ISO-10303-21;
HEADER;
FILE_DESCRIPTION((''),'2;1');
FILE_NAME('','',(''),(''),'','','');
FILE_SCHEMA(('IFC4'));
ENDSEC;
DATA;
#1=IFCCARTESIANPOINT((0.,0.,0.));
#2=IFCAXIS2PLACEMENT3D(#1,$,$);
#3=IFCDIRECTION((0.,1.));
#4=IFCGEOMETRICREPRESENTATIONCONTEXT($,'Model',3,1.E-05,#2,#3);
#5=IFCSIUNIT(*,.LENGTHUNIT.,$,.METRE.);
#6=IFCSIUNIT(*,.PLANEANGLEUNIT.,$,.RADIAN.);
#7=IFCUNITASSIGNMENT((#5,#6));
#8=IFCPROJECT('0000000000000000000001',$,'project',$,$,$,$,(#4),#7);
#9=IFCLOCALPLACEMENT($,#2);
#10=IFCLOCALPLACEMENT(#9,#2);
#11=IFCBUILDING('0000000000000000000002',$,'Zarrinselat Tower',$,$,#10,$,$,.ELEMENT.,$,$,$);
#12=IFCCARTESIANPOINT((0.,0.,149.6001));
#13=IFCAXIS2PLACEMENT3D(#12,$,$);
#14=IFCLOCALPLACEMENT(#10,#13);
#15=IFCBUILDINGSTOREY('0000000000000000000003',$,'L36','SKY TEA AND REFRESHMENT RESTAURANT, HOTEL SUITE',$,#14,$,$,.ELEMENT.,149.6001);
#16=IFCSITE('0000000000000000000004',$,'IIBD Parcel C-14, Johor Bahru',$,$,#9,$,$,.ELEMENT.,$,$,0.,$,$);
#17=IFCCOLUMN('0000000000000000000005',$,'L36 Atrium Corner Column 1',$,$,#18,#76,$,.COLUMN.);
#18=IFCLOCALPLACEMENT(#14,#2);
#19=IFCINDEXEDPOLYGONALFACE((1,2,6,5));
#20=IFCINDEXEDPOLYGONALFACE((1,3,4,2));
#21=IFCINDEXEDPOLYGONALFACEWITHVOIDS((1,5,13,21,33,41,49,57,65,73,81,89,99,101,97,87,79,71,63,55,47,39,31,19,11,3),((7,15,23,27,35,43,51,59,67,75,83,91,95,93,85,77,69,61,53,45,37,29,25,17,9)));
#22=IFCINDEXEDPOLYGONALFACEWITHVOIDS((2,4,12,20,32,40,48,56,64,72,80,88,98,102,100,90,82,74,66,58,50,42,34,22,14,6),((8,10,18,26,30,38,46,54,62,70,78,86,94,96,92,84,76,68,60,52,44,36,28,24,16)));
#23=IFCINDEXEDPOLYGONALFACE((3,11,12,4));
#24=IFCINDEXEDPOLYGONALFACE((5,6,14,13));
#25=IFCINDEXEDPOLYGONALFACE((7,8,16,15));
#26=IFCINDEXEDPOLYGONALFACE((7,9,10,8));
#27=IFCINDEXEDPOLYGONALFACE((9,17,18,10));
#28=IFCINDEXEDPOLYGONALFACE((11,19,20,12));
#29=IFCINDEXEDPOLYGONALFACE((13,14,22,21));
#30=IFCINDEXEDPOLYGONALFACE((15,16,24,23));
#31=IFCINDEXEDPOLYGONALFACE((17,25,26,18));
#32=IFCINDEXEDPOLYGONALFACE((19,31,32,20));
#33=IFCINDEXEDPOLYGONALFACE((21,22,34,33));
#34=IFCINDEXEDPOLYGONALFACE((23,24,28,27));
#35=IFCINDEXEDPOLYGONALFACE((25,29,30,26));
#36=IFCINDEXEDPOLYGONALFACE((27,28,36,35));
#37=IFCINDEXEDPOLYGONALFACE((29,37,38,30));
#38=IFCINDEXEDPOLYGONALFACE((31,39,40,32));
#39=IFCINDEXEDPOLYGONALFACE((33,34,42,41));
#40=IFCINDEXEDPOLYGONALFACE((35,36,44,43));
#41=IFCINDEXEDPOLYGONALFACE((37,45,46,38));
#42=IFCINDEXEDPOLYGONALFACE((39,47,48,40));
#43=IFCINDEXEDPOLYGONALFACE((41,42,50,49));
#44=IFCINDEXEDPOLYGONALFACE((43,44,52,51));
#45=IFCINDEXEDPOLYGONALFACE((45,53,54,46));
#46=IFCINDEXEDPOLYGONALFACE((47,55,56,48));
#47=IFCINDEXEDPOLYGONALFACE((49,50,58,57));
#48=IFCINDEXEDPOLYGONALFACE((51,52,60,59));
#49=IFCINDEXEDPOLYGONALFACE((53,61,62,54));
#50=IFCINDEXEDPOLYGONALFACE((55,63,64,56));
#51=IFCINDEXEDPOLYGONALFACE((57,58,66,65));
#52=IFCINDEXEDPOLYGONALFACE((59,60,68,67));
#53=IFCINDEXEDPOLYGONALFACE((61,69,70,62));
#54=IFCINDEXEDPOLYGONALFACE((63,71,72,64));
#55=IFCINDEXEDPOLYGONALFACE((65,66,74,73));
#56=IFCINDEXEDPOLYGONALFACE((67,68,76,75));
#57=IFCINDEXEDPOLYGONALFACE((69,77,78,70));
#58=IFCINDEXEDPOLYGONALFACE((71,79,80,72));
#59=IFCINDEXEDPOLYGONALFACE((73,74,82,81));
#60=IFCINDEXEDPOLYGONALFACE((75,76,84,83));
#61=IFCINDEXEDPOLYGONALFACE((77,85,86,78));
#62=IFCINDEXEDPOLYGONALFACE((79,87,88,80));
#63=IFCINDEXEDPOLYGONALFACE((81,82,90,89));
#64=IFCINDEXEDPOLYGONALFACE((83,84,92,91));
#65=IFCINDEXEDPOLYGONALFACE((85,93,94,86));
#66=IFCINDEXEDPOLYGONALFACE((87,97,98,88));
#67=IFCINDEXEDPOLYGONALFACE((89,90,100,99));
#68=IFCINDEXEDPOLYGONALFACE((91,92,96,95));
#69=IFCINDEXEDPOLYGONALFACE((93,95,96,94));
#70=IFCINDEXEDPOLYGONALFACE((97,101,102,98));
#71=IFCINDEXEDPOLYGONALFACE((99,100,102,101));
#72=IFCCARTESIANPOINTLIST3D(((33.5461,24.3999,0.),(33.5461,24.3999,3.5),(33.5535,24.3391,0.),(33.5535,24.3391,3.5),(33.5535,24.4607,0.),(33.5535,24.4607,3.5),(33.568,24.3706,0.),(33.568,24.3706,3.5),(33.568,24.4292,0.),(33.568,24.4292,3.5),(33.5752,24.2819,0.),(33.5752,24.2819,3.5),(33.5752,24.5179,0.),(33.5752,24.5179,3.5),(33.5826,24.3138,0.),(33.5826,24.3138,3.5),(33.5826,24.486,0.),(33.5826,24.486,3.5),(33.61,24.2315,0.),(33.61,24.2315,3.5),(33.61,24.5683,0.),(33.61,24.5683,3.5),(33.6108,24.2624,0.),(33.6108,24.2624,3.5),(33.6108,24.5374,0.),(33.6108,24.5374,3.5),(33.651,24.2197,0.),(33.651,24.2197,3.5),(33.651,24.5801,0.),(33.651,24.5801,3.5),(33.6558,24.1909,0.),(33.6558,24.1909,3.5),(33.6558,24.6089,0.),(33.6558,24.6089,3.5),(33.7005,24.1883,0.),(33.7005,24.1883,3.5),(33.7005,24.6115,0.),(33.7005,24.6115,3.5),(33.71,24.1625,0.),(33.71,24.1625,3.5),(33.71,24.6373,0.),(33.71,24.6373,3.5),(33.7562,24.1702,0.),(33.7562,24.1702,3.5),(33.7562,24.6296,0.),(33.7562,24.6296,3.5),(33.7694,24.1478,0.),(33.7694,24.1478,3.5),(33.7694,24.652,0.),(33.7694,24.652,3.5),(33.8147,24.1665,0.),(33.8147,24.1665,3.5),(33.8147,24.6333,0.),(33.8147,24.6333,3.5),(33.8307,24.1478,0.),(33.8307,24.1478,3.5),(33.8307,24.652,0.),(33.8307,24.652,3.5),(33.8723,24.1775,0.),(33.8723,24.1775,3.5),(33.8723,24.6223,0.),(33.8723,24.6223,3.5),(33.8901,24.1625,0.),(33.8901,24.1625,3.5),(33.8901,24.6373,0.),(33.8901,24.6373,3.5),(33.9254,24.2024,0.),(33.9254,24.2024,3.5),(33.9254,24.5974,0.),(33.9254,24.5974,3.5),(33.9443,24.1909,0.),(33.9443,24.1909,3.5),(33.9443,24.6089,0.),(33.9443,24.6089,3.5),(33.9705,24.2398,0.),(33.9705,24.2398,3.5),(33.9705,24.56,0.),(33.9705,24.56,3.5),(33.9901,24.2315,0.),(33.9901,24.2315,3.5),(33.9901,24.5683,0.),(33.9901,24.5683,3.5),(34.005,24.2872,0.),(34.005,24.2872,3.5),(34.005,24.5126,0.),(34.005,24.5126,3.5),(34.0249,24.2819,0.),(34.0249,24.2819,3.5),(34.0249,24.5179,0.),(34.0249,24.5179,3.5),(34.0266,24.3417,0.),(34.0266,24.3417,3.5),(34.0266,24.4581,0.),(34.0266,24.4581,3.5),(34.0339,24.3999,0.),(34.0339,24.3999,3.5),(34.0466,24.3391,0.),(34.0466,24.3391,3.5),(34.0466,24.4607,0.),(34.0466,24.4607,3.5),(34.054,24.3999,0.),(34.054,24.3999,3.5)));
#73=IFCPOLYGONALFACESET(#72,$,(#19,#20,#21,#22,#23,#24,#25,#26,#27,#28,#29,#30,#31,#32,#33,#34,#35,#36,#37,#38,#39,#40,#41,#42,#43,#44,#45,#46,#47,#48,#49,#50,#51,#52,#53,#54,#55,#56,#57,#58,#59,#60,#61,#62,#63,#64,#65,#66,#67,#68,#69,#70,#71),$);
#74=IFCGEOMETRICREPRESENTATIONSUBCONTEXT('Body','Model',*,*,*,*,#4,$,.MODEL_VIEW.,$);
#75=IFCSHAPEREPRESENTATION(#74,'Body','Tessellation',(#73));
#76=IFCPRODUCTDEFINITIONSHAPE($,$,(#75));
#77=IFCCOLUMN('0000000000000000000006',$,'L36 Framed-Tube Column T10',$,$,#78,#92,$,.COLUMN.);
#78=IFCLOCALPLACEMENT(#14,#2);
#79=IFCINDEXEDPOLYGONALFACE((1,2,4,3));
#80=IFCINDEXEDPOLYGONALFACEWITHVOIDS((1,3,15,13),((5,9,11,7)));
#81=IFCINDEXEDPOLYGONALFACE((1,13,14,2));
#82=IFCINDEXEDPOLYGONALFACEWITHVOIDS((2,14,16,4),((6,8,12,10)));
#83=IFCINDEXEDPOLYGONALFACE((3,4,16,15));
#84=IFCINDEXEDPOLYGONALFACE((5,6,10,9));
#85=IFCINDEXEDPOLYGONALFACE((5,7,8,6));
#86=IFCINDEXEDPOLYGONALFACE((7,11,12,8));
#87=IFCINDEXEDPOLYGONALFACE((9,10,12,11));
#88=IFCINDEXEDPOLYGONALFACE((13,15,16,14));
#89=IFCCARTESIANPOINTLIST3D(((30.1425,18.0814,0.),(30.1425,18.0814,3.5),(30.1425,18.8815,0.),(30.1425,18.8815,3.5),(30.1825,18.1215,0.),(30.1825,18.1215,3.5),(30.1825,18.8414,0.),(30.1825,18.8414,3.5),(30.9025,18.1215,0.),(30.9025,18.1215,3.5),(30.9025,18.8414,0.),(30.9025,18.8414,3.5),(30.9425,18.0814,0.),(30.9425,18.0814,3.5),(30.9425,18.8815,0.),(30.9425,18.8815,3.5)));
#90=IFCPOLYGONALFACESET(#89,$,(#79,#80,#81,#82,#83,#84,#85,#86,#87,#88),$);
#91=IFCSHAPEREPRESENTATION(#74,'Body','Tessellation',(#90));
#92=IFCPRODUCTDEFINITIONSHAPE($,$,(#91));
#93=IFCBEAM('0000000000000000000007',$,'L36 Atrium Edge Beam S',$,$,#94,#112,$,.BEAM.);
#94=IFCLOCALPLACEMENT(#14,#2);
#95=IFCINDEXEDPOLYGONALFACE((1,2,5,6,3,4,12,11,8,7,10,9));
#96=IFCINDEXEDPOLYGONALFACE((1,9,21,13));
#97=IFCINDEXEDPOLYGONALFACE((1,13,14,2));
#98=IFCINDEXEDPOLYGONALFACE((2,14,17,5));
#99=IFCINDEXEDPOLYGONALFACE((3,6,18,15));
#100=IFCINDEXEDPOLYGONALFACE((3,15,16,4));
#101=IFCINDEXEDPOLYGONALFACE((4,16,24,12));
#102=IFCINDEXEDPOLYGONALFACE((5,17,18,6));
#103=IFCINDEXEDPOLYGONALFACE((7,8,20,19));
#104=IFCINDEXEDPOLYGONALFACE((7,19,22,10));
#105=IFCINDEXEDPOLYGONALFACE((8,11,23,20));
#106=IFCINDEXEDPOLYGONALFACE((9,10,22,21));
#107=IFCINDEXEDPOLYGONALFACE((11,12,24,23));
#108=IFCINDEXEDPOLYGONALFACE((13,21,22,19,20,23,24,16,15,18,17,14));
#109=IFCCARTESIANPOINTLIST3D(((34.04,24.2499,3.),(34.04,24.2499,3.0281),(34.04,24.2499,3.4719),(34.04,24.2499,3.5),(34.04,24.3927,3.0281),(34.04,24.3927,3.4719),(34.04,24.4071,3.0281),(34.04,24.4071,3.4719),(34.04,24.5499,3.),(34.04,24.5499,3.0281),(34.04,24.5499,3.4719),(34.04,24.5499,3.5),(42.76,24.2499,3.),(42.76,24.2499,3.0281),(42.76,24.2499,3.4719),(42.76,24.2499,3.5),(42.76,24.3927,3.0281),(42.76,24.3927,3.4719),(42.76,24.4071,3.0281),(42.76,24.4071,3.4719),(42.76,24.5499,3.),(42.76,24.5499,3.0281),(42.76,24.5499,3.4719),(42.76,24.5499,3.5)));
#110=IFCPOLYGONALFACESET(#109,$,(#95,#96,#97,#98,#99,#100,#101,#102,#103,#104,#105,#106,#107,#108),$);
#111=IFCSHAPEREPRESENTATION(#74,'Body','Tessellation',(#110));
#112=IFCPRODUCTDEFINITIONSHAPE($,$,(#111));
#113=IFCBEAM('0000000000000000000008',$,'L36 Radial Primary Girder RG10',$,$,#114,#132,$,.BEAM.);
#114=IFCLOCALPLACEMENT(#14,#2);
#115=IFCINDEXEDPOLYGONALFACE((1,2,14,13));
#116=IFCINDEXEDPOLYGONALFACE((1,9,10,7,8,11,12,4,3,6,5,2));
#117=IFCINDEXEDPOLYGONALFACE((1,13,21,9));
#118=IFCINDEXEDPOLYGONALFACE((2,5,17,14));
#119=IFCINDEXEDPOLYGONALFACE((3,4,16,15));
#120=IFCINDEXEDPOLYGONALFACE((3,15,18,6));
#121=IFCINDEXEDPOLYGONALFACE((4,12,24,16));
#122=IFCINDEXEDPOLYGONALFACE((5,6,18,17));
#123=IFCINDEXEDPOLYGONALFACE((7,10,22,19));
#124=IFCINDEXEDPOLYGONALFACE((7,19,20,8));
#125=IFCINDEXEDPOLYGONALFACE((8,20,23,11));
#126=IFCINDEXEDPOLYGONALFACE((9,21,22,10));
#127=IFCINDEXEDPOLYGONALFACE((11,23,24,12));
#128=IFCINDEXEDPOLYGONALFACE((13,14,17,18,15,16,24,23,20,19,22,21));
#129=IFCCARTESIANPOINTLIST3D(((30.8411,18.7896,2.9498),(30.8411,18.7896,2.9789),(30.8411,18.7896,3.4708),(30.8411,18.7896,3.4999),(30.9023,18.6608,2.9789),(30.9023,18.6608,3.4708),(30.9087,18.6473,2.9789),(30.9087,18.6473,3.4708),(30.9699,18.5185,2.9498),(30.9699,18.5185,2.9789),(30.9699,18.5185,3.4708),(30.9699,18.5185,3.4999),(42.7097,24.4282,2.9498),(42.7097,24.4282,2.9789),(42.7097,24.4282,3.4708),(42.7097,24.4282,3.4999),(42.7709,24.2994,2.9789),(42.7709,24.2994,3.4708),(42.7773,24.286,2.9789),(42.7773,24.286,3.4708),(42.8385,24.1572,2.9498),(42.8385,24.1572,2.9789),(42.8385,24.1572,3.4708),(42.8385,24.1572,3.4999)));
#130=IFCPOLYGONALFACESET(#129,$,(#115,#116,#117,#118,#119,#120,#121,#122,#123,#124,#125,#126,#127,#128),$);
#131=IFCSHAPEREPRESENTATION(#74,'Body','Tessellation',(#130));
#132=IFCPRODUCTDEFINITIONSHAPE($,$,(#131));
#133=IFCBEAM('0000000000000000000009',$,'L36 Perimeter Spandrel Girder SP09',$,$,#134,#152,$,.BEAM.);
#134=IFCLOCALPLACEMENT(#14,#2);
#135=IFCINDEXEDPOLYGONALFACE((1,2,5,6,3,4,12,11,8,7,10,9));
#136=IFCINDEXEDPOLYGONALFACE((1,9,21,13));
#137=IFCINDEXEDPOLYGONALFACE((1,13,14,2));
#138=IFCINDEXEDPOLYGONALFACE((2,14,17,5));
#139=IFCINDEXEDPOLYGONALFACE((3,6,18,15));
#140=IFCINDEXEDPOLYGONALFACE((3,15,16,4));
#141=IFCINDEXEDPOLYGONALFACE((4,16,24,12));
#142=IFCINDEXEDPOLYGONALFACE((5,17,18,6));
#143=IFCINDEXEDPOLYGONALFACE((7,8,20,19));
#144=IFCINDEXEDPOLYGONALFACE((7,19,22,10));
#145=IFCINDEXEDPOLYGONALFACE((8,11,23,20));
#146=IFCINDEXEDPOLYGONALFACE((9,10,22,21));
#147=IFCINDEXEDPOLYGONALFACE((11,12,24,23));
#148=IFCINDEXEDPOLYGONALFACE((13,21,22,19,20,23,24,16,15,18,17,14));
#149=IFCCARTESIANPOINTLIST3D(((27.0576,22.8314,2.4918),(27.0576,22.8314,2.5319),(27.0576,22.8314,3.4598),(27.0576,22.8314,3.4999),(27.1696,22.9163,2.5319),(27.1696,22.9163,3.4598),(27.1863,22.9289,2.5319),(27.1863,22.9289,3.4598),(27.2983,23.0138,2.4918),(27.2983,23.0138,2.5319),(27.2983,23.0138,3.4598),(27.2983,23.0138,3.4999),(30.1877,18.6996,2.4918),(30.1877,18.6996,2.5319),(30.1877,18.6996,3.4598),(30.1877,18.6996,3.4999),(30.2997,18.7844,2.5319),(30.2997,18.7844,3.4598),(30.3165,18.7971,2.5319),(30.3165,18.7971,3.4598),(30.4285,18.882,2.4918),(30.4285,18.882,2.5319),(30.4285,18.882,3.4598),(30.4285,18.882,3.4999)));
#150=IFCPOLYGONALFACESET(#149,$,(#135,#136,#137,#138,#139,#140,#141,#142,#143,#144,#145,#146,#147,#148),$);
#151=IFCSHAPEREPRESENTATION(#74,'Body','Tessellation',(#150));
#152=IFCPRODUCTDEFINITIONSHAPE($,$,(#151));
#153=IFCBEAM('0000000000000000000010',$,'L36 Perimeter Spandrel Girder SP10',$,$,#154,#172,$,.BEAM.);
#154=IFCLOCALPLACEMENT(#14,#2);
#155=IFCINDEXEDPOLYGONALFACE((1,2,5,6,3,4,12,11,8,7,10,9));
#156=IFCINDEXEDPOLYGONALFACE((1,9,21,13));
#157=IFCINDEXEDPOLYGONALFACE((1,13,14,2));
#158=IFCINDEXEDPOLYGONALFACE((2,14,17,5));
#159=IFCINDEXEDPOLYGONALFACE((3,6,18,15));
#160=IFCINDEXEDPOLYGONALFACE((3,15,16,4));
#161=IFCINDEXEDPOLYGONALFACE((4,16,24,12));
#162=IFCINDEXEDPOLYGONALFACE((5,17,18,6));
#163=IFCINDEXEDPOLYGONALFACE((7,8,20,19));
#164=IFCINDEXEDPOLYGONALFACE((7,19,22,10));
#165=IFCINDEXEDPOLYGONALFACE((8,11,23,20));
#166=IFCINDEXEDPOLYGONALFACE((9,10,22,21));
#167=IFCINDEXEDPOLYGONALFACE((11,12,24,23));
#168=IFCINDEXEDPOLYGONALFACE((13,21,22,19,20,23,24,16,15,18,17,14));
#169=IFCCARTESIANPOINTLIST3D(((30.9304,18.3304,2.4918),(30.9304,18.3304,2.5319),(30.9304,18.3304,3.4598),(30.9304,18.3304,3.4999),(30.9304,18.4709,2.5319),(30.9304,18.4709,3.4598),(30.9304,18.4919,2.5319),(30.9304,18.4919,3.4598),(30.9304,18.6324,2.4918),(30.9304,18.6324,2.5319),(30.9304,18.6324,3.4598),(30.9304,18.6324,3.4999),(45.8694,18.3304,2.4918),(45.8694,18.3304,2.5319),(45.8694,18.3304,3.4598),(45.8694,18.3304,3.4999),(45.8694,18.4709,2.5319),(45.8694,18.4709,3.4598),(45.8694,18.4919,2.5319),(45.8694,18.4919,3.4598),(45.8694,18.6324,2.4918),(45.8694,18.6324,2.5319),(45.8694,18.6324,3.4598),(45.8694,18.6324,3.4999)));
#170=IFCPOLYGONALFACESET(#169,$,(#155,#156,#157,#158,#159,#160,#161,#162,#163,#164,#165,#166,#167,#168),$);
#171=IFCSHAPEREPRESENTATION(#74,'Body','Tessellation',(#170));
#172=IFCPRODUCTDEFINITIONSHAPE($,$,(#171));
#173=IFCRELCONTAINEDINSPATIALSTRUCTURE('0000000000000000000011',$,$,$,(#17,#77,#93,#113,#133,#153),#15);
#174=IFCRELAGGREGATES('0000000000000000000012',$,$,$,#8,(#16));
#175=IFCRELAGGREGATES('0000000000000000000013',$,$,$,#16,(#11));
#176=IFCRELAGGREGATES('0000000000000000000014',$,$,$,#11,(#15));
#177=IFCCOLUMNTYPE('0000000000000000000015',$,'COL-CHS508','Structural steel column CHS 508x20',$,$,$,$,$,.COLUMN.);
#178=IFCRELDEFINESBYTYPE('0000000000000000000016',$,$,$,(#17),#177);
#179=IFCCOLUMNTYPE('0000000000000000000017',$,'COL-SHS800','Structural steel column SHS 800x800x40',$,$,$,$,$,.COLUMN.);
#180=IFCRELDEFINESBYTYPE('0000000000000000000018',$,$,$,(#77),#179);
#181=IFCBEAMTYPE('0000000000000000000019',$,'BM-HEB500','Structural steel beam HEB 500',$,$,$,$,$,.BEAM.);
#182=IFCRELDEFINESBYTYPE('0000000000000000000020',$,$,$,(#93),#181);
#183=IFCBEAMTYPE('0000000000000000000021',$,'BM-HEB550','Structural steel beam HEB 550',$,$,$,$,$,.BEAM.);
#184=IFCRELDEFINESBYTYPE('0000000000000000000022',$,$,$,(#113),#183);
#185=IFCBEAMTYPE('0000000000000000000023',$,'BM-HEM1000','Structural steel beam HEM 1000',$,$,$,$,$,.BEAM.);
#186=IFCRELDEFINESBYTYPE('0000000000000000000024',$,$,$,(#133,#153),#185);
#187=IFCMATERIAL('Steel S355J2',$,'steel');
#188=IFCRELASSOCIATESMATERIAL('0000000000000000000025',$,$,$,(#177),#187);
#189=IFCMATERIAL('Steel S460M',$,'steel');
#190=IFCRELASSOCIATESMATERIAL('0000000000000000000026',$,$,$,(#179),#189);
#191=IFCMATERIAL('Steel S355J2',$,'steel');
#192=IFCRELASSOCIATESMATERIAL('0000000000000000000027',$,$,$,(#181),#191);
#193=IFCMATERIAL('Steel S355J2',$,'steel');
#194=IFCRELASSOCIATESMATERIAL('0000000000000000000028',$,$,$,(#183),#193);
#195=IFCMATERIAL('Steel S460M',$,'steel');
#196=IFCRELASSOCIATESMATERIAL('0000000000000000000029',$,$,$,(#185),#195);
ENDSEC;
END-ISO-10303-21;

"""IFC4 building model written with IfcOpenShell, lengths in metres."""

from ifc_helpers import new_model, si_unit, direction, frame, origin, origin_2d, place, context, subcontext, project, spatial, hollow_rectangle, hollow_circle, i_section, extrude, material, material_profile, profile_set, type_object, element, save


model = new_model("IFC4")

# Units and contexts
model_context = context("Model", 3, precision=1e-05, world=origin(), true_north=direction((0.0, 1.0)))
body_context = subcontext(model_context, "Body", "Model", "MODEL_VIEW")
ifc_project = project(units=[si_unit("LENGTHUNIT", "METRE"), si_unit("PLANEANGLEUNIT", "RADIAN")], contexts=[model_context])

# Site, building, storey
site_placement = place(None, origin())
site = spatial("IfcSite", under=ifc_project, at=site_placement, Name="IIBD Parcel C-14, Johor Bahru", CompositionType="ELEMENT", RefElevation=0.0)
building_placement = place(site_placement, origin())
building = spatial("IfcBuilding", under=site, at=building_placement, Name="Zarrinselat Tower", CompositionType="ELEMENT")
storey_placement = place(building_placement, frame((0.0, 0.0, 149.6001)))
storey = spatial("IfcBuildingStorey", under=building, at=storey_placement, Name="L36", Description="SKY TEA AND REFRESHMENT RESTAURANT, HOTEL SUITE", CompositionType="ELEMENT", Elevation=149.6001)

# Columns
ifc_material_1 = material(Name="Steel S355J2", Category="steel")
ifc_material_profile_1 = material_profile(ifc_material_1, hollow_circle(Radius=0.2539, WallThickness=0.02, at=origin_2d()), Name="CHS 508x20")
ifc_profile_set_1 = profile_set([ifc_material_profile_1], Name="Steel S355J2")
column_type_1 = type_object("IfcColumnType", Name="COL-CHS508", Description="Structural steel column CHS 508x20", PredefinedType="COLUMN", material=ifc_profile_set_1)
column_1_placement = place(storey_placement, frame((33.8, 24.3999, 0.0), z_axis=(0.0, 0.0, 1.0), x_axis=(1.0, 0.0, 0.0)))
element("IfcColumn", 1, at=column_1_placement, inside=storey, type_object=column_type_1, Name="L36 Atrium Corner Column 1", PredefinedType="COLUMN", context=body_context, shape_type="SweptSolid", body=[
    extrude(hollow_circle(Radius=0.2539, WallThickness=0.02, at=origin_2d()), origin(), (0.0, 0.0, 1.0), 3.5),
])
ifc_material_2 = material(Name="Steel S460M", Category="steel")
ifc_material_profile_2 = material_profile(ifc_material_2, hollow_rectangle(XDim=0.8, YDim=0.8, WallThickness=0.04, at=origin_2d()), Name="SHS 800x800x40")
ifc_profile_set_2 = profile_set([ifc_material_profile_2], Name="Steel S460M")
column_type_2 = type_object("IfcColumnType", Name="COL-SHS800", Description="Structural steel column SHS 800x800x40", PredefinedType="COLUMN", material=ifc_profile_set_2)
column_2_placement = place(storey_placement, frame((30.5425, 18.4814, 0.0), z_axis=(0.0, 0.0, 1.0), x_axis=(1.0, 0.0, 0.0)))
element("IfcColumn", 2, at=column_2_placement, inside=storey, type_object=column_type_2, Name="L36 Framed-Tube Column T10", PredefinedType="COLUMN", context=body_context, shape_type="SweptSolid", body=[
    extrude(hollow_rectangle(XDim=0.8, YDim=0.8, WallThickness=0.04, at=origin_2d()), origin(), (0.0, 0.0, 1.0), 3.5),
])

# Beams
ifc_material_3 = material(Name="Steel S355J2", Category="steel")
ifc_material_profile_3 = material_profile(ifc_material_3, i_section(OverallWidth=0.3, OverallDepth=0.5, WebThickness=0.0144, FlangeThickness=0.0281, at=origin_2d()), Name="HEB 500")
ifc_profile_set_3 = profile_set([ifc_material_profile_3], Name="Steel S355J2")
beam_type_1 = type_object("IfcBeamType", Name="BM-HEB500", Description="Structural steel beam HEB 500", PredefinedType="BEAM", material=ifc_profile_set_3)
beam_1_placement = place(storey_placement, frame((34.04, 24.3999, 3.25), z_axis=(1.0, 0.0, 0.0), x_axis=(0.0, 1.0, 0.0)))
element("IfcBeam", 3, at=beam_1_placement, inside=storey, type_object=beam_type_1, Name="L36 Atrium Edge Beam S", PredefinedType="BEAM", context=body_context, shape_type="SweptSolid", body=[
    extrude(i_section(OverallWidth=0.3, OverallDepth=0.5, WebThickness=0.0144, FlangeThickness=0.0281, at=origin_2d()), origin(), (0.0, 0.0, 1.0), 8.72),
])
ifc_material_4 = material(Name="Steel S355J2", Category="steel")
ifc_material_profile_4 = material_profile(ifc_material_4, i_section(OverallWidth=0.3, OverallDepth=0.55, WebThickness=0.0149, FlangeThickness=0.0291, at=origin_2d()), Name="HEB 550")
ifc_profile_set_4 = profile_set([ifc_material_profile_4], Name="Steel S355J2")
beam_type_2 = type_object("IfcBeamType", Name="BM-HEB550", Description="Structural steel beam HEB 550", PredefinedType="BEAM", material=ifc_profile_set_4)
beam_2_placement = place(storey_placement, frame((30.9055, 18.6541, 3.2249), z_axis=(0.903246, 0.429123, 0.0), x_axis=(-0.429123, 0.903246, 0.0)))
element("IfcBeam", 4, at=beam_2_placement, inside=storey, type_object=beam_type_2, Name="L36 Radial Primary Girder RG10", PredefinedType="BEAM", context=body_context, shape_type="SweptSolid", body=[
    extrude(i_section(OverallWidth=0.3, OverallDepth=0.55, WebThickness=0.0149, FlangeThickness=0.0291, at=origin_2d()), origin(), (0.0, 0.0, 1.0), 13.1399),
])
ifc_material_5 = material(Name="Steel S460M", Category="steel")
ifc_material_profile_5 = material_profile(ifc_material_5, i_section(OverallWidth=0.302, OverallDepth=1.0081, WebThickness=0.021, FlangeThickness=0.04, at=origin_2d()), Name="HEM 1000")
ifc_profile_set_5 = profile_set([ifc_material_profile_5], Name="Steel S460M")
beam_type_3 = type_object("IfcBeamType", Name="BM-HEM1000", Description="Structural steel beam HEM 1000", PredefinedType="BEAM", material=ifc_profile_set_5)
beam_3_placement = place(storey_placement, frame((27.178, 22.9226, 2.9958), z_axis=(0.603851, -0.797097, 0.0), x_axis=(0.797097, 0.603851, 0.0)))
element("IfcBeam", 5, at=beam_3_placement, inside=storey, type_object=beam_type_3, Name="L36 Perimeter Spandrel Girder SP09", PredefinedType="BEAM", context=body_context, shape_type="SweptSolid", body=[
    extrude(i_section(OverallWidth=0.302, OverallDepth=1.0081, WebThickness=0.021, FlangeThickness=0.04, at=origin_2d()), origin(), (0.0, 0.0, 1.0), 5.1836),
])
beam_4_placement = place(storey_placement, frame((30.9304, 18.4814, 2.9958), z_axis=(1.0, 0.0, 0.0), x_axis=(0.0, 1.0, 0.0)))
element("IfcBeam", 6, at=beam_4_placement, inside=storey, type_object=beam_type_3, Name="L36 Perimeter Spandrel Girder SP10", PredefinedType="BEAM", context=body_context, shape_type="SweptSolid", body=[
    extrude(i_section(OverallWidth=0.302, OverallDepth=1.0081, WebThickness=0.021, FlangeThickness=0.04, at=origin_2d()), origin(), (0.0, 0.0, 1.0), 14.939),
])

save(model, "model.ifc")
